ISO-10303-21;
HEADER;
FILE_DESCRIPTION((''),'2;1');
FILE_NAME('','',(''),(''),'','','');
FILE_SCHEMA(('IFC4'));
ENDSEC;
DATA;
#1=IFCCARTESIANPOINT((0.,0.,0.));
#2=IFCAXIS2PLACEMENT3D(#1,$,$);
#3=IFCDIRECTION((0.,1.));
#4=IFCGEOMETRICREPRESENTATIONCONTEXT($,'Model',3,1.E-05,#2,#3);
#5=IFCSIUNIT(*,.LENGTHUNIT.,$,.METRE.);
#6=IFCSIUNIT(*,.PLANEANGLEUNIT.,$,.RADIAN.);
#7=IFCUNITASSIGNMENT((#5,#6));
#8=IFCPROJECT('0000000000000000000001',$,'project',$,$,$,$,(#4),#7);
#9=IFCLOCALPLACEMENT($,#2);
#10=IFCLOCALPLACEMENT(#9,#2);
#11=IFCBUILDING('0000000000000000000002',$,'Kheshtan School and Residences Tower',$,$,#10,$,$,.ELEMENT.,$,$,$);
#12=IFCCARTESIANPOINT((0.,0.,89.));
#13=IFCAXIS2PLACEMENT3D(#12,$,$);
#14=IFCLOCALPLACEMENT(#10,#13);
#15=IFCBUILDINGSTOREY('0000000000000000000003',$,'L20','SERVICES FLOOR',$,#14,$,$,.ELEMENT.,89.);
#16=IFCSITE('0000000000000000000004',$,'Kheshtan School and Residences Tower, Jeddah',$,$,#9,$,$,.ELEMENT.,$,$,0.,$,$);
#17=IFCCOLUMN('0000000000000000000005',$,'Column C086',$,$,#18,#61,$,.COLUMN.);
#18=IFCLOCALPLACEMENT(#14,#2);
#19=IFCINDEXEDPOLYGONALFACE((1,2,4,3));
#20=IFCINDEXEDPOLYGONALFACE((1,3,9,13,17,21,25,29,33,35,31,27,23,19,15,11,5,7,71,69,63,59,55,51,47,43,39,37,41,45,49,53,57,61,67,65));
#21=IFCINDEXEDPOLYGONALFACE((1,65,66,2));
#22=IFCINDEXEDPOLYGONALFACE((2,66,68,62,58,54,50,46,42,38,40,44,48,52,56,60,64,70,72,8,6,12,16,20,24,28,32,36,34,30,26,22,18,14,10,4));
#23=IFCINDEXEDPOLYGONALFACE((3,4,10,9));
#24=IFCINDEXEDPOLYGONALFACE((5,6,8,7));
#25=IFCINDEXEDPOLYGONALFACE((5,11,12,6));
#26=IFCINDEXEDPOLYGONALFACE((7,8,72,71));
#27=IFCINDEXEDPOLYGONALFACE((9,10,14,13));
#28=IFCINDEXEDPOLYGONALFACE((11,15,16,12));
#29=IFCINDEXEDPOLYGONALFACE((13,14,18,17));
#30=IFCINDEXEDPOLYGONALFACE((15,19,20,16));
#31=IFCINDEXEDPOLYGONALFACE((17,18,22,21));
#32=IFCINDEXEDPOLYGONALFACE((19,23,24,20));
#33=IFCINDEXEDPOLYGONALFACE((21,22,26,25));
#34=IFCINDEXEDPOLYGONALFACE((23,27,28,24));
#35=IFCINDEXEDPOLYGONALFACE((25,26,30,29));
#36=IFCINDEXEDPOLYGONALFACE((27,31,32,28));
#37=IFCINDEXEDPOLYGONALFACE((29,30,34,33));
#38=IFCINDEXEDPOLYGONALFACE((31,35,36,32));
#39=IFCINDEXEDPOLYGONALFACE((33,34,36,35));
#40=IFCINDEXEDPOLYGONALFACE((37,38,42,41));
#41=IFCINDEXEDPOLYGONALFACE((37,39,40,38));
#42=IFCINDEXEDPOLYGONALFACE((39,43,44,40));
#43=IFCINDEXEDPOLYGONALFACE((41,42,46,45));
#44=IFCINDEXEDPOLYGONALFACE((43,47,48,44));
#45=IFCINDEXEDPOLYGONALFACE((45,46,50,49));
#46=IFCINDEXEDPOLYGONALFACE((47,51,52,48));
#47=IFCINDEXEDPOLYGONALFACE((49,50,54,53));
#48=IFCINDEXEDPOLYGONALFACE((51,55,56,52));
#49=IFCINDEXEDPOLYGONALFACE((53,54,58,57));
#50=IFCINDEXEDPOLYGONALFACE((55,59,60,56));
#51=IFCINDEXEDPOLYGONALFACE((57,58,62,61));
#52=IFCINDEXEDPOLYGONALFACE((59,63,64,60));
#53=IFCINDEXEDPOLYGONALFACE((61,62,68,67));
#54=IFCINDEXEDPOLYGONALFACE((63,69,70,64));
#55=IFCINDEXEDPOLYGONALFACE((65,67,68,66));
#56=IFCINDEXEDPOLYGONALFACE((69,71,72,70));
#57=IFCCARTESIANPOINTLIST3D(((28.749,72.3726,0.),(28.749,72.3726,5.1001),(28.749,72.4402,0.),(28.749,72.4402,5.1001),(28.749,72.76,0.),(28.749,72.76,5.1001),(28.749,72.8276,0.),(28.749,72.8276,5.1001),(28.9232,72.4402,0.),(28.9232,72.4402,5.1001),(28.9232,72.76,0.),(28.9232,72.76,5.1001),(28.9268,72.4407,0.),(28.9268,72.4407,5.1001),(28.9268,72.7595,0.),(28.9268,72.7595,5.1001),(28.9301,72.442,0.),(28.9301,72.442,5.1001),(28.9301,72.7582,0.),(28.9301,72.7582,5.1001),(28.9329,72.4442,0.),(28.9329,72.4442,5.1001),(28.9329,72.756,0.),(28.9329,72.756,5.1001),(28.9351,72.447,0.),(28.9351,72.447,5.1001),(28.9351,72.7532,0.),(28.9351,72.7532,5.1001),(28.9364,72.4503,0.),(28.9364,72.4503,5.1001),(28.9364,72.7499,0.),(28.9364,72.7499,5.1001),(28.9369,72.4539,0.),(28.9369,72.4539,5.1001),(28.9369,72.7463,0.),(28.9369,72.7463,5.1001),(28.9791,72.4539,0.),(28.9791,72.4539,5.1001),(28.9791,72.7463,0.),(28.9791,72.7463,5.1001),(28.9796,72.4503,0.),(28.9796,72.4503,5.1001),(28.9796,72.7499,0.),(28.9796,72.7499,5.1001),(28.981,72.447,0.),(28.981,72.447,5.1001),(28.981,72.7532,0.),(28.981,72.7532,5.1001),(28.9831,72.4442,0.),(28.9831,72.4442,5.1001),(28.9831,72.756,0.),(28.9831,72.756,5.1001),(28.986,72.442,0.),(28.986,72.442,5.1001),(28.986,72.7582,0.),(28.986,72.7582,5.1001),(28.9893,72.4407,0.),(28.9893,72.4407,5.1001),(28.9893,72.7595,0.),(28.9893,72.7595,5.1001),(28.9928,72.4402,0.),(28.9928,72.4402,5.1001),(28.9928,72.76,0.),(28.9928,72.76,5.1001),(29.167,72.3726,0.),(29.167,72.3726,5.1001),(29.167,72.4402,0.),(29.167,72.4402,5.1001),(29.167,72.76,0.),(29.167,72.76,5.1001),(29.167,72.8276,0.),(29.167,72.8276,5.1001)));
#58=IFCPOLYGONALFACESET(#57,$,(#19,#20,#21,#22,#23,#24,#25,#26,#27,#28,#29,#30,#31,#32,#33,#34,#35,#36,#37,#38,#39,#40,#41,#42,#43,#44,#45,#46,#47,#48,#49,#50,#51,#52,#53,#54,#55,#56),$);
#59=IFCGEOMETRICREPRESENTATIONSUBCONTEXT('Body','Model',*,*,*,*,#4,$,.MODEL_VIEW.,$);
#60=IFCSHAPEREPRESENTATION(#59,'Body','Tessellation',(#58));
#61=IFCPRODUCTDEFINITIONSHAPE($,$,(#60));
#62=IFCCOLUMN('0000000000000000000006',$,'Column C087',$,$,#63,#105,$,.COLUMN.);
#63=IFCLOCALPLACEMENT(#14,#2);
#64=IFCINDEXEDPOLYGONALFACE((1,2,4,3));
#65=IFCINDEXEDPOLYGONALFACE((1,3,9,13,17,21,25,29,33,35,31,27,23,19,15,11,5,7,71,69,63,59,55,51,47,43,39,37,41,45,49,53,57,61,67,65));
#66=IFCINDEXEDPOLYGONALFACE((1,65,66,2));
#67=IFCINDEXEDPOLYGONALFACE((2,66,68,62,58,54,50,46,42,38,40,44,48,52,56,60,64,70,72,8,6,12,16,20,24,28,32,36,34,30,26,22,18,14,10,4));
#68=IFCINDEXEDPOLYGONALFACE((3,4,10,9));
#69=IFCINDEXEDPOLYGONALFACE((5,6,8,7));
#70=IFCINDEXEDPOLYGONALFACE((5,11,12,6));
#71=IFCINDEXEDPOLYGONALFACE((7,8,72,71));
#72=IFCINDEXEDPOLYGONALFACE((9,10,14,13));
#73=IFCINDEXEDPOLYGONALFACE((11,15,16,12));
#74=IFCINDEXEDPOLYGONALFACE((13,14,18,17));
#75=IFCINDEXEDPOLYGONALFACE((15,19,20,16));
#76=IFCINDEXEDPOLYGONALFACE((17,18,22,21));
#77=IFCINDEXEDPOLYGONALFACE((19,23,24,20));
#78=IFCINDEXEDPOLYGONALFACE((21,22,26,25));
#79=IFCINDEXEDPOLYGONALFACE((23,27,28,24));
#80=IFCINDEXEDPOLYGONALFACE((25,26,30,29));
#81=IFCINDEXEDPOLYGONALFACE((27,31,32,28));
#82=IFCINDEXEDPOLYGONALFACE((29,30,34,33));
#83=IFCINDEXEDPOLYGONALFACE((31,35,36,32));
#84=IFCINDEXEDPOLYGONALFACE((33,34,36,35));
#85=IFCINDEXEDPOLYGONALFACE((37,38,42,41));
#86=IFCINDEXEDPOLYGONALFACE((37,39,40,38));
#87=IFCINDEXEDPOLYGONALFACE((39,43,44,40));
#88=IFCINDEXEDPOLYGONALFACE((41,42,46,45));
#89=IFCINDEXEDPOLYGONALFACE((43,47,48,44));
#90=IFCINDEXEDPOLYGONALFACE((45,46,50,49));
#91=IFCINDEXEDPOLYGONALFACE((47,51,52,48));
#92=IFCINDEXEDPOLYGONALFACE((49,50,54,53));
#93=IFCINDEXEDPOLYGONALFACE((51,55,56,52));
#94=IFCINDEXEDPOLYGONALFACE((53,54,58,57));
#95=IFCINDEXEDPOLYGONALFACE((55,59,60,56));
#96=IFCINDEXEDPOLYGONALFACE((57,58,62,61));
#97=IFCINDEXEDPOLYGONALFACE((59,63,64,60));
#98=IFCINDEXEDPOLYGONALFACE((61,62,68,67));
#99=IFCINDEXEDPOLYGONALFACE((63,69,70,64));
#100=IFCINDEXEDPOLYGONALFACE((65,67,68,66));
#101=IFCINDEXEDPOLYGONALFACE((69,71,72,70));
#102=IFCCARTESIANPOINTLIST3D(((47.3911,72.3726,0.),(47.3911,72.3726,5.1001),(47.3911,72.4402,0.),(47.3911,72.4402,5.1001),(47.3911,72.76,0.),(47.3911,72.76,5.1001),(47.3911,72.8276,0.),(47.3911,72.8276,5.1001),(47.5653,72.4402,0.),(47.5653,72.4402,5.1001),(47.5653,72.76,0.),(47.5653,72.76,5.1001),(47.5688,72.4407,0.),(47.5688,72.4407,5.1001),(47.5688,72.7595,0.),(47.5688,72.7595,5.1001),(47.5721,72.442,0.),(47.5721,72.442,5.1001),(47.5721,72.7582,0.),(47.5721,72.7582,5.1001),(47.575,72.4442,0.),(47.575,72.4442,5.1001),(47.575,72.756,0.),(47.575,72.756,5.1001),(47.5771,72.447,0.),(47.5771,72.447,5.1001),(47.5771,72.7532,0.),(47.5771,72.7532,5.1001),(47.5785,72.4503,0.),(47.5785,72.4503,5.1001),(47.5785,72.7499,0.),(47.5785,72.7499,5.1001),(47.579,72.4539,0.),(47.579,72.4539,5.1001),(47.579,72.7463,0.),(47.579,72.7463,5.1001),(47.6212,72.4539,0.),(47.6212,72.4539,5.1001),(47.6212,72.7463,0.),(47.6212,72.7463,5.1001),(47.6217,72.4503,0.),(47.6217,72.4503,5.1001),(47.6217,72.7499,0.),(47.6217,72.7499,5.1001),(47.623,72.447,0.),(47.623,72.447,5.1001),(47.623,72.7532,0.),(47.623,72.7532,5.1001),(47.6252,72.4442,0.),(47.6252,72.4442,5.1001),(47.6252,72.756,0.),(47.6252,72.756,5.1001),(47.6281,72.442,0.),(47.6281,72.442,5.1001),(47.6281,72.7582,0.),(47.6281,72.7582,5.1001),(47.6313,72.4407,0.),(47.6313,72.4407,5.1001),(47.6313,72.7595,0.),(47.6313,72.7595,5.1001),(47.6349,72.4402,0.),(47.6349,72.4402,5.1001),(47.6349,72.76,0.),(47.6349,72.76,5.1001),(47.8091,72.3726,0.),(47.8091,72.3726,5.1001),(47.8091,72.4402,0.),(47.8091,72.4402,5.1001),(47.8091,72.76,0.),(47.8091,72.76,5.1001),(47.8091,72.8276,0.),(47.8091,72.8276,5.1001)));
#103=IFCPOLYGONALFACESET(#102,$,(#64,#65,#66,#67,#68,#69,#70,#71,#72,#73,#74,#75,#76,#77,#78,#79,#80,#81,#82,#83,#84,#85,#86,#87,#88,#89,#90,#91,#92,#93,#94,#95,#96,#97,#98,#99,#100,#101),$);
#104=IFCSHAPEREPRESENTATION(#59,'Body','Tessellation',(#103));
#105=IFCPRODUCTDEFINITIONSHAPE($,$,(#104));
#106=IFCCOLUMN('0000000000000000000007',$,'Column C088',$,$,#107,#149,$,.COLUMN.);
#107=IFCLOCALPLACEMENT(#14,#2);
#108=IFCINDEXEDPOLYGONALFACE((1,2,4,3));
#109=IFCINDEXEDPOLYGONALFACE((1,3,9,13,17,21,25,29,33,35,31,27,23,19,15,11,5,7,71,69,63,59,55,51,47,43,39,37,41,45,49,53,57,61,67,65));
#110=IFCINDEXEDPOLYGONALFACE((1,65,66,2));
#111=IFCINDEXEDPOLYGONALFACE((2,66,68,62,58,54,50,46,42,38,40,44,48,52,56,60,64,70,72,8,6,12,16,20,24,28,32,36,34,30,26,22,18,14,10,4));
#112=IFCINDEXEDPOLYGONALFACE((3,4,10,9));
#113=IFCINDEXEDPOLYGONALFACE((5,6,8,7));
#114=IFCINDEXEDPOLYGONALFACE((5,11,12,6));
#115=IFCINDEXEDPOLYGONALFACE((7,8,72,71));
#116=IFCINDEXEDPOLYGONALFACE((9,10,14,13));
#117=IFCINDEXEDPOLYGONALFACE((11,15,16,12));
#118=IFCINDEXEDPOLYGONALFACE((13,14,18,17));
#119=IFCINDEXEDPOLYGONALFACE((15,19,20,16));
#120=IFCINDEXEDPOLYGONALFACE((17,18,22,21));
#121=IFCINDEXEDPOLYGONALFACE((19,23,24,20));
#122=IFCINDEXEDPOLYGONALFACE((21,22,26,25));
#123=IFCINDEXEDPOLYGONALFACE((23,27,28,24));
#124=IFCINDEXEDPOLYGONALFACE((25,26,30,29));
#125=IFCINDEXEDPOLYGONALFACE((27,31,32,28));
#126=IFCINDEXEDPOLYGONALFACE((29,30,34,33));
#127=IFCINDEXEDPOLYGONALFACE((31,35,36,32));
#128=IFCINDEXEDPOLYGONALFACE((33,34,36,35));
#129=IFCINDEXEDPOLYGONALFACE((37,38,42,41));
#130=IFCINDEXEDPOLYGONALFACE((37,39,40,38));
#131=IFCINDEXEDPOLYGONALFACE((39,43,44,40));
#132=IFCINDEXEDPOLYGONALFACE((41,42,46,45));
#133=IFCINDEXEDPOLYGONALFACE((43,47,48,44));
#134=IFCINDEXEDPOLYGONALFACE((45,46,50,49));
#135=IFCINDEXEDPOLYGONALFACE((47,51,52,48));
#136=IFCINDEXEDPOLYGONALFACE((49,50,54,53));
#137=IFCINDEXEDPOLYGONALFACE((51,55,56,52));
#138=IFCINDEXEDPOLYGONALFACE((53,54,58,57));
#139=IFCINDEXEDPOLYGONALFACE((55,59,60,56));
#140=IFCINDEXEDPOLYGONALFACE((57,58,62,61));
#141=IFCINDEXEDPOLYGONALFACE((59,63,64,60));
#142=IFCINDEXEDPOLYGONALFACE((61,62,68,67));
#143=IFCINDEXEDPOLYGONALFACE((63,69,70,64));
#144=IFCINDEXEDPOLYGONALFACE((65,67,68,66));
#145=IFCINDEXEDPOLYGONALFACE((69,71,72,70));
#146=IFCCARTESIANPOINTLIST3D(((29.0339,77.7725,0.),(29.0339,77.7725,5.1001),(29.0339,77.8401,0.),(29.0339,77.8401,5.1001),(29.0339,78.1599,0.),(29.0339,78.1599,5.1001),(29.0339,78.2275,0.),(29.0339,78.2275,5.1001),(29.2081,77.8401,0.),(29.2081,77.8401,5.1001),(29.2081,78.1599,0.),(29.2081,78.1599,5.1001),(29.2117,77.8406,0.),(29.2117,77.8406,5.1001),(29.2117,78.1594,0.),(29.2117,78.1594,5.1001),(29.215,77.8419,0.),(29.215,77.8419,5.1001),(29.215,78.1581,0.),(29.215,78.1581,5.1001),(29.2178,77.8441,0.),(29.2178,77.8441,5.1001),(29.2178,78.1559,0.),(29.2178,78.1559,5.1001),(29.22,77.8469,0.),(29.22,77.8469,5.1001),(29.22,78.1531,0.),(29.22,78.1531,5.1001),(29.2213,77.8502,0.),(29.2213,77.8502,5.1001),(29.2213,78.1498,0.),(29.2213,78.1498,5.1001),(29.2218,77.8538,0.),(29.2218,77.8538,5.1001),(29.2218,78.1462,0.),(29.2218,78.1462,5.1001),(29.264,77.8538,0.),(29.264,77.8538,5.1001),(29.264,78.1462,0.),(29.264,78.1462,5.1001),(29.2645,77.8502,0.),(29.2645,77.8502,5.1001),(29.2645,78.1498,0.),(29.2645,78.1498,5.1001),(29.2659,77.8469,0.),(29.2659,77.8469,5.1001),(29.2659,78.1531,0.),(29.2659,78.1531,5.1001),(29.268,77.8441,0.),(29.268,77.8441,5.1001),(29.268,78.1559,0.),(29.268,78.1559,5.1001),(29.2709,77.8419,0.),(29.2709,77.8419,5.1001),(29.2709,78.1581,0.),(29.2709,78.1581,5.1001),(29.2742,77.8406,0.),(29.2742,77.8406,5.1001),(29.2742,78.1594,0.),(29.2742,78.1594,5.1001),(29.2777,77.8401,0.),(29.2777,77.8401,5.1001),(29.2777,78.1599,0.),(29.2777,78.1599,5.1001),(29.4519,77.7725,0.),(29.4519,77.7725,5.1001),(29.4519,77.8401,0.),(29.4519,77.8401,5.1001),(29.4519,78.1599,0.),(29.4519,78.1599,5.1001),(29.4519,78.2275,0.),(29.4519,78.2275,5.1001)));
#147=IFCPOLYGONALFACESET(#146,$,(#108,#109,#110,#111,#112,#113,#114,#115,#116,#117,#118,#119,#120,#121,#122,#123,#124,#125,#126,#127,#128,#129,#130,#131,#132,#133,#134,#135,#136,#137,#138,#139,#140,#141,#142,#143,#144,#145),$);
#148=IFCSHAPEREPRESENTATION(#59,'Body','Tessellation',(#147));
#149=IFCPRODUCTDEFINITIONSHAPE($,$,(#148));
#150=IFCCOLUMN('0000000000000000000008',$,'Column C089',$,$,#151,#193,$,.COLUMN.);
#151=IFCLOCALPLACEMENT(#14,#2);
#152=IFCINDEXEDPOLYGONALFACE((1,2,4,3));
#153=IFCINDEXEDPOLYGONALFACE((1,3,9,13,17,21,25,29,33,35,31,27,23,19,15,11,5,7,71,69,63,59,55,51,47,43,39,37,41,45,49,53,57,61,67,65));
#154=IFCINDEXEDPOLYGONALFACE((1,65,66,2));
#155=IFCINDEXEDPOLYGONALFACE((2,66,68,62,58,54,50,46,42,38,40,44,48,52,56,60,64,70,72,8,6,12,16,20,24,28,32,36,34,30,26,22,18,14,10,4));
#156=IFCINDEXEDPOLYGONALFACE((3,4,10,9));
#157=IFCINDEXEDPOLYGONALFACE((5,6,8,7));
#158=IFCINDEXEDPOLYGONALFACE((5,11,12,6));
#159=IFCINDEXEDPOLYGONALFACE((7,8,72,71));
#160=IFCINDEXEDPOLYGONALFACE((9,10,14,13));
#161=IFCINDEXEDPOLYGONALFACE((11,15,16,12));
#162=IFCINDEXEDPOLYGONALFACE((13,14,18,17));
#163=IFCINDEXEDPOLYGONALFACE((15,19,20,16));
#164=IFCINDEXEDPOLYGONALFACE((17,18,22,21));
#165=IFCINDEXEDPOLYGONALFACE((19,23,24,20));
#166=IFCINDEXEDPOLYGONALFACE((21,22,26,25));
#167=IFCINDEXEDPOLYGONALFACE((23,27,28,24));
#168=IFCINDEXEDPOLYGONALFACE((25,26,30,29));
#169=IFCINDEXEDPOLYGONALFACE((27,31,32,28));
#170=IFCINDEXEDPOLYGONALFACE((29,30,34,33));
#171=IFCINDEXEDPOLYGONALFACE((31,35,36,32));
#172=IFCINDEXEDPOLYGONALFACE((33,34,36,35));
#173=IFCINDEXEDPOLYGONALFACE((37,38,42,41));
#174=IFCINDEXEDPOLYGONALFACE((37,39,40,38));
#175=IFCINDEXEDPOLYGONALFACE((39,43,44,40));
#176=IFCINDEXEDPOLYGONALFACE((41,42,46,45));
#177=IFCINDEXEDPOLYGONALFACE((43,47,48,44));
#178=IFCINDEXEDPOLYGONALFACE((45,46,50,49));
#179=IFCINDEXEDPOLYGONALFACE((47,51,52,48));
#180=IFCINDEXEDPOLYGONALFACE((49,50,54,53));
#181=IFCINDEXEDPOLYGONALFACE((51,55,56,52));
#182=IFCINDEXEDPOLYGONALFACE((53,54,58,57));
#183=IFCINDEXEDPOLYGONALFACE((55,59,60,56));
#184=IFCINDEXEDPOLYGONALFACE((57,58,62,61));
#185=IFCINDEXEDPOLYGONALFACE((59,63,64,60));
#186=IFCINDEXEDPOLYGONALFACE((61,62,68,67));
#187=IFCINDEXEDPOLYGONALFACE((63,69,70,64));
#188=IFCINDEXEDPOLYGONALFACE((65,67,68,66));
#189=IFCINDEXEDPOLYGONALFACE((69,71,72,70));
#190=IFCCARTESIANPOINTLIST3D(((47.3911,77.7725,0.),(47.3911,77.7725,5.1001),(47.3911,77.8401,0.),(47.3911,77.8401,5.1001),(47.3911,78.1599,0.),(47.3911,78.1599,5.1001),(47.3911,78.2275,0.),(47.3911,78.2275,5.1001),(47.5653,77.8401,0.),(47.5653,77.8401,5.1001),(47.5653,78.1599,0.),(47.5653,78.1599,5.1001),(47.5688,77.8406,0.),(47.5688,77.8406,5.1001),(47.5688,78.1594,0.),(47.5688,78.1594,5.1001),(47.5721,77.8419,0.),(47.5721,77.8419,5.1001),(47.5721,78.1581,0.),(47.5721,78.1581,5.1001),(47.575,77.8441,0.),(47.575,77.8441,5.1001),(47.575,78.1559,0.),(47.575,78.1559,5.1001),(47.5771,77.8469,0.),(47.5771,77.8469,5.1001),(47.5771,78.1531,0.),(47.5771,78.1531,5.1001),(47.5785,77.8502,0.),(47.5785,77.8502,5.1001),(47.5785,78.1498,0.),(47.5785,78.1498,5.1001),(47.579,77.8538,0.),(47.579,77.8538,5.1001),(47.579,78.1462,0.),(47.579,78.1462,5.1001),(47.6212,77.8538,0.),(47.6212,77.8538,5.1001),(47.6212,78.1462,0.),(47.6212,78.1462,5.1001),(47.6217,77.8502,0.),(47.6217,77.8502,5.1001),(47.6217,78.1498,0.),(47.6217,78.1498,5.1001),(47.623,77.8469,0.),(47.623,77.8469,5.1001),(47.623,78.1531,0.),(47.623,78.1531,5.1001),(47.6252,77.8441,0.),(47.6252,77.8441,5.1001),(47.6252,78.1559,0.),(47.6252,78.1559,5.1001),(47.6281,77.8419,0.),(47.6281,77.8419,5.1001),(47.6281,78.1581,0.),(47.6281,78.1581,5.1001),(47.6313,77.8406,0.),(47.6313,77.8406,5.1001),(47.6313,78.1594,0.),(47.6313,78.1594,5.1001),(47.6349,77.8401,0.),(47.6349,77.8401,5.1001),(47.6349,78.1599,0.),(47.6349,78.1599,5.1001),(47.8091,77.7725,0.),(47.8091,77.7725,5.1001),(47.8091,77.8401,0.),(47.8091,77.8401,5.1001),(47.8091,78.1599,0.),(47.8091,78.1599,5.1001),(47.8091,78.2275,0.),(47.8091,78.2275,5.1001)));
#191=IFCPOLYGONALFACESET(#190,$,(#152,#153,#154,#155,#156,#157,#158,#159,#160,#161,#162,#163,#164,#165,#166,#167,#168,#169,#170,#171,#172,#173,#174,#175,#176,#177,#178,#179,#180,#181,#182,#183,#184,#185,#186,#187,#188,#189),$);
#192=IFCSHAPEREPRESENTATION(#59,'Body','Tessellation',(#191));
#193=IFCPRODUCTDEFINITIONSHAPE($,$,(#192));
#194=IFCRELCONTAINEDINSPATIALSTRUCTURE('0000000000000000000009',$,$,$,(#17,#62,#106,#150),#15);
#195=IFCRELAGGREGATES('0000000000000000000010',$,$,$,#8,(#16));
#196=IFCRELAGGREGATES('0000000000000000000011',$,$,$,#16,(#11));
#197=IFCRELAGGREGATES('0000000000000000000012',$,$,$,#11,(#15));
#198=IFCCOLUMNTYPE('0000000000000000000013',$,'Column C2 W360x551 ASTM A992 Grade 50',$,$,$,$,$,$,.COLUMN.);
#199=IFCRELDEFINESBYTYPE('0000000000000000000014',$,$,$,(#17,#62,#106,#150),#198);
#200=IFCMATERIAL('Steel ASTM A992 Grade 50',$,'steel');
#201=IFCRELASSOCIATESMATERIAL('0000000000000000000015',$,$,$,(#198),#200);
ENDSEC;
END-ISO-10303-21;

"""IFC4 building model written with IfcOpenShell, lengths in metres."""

from ifc_helpers import new_model, si_unit, direction, frame, origin, origin_2d, place, context, subcontext, project, spatial, i_section, extrude, material, material_profile, profile_set, type_object, element, save


model = new_model("IFC4")

# Units and contexts
model_context = context("Model", 3, precision=1e-05, world=origin(), true_north=direction((0.0, 1.0)))
body_context = subcontext(model_context, "Body", "Model", "MODEL_VIEW")
ifc_project = project(units=[si_unit("LENGTHUNIT", "METRE"), si_unit("PLANEANGLEUNIT", "RADIAN")], contexts=[model_context])

# Site, building, storey
site_placement = place(None, origin())
site = spatial("IfcSite", under=ifc_project, at=site_placement, Name="Kheshtan School and Residences Tower, Jeddah", CompositionType="ELEMENT", RefElevation=0.0)
building_placement = place(site_placement, origin())
building = spatial("IfcBuilding", under=site, at=building_placement, Name="Kheshtan School and Residences Tower", CompositionType="ELEMENT")
storey_placement = place(building_placement, frame((0.0, 0.0, 89.0)))
storey = spatial("IfcBuildingStorey", under=building, at=storey_placement, Name="L20", Description="SERVICES FLOOR", CompositionType="ELEMENT", Elevation=89.0)

# Columns
ifc_material_1 = material(Name="Steel ASTM A992 Grade 50", Category="steel")
ifc_material_profile_1 = material_profile(ifc_material_1, i_section(OverallWidth=0.418, OverallDepth=0.4551, WebThickness=0.0422, FlangeThickness=0.0676, FilletRadius=0.0137, at=origin_2d()), Name="W360x551")
ifc_profile_set_1 = profile_set([ifc_material_profile_1], Name="Steel ASTM A992 Grade 50")
column_type = type_object("IfcColumnType", Name="Column C2 W360x551 ASTM A992 Grade 50", PredefinedType="COLUMN", material=ifc_profile_set_1)
for number, where, z_axis, x_axis, name in (
    (1, (28.958, 72.6001, 0.0), (0.0, 0.0, 1.0), (1.0, 0.0, 0.0), "Column C086"),
    (2, (47.6001, 72.6001, 0.0), (0.0, 0.0, 1.0), (1.0, 0.0, 0.0), "Column C087"),
    (3, (29.2429, 78.0, 0.0), (0.0, 0.0, 1.0), (1.0, 0.0, 0.0), "Column C088"),
    (4, (47.6001, 78.0, 0.0), (0.0, 0.0, 1.0), (1.0, 0.0, 0.0), "Column C089"),
):
    element("IfcColumn", number, at=place(storey_placement, frame(where, z_axis=z_axis, x_axis=x_axis)), inside=storey, type_object=column_type, Name=name, PredefinedType="COLUMN", context=body_context, shape_type="SweptSolid", body=[
        extrude(i_section(OverallWidth=0.418, OverallDepth=0.4551, WebThickness=0.0422, FlangeThickness=0.0676, FilletRadius=0.0137, at=origin_2d()), origin(), (0.0, 0.0, 1.0), 5.1001),
    ])

save(model, "model.ifc")
